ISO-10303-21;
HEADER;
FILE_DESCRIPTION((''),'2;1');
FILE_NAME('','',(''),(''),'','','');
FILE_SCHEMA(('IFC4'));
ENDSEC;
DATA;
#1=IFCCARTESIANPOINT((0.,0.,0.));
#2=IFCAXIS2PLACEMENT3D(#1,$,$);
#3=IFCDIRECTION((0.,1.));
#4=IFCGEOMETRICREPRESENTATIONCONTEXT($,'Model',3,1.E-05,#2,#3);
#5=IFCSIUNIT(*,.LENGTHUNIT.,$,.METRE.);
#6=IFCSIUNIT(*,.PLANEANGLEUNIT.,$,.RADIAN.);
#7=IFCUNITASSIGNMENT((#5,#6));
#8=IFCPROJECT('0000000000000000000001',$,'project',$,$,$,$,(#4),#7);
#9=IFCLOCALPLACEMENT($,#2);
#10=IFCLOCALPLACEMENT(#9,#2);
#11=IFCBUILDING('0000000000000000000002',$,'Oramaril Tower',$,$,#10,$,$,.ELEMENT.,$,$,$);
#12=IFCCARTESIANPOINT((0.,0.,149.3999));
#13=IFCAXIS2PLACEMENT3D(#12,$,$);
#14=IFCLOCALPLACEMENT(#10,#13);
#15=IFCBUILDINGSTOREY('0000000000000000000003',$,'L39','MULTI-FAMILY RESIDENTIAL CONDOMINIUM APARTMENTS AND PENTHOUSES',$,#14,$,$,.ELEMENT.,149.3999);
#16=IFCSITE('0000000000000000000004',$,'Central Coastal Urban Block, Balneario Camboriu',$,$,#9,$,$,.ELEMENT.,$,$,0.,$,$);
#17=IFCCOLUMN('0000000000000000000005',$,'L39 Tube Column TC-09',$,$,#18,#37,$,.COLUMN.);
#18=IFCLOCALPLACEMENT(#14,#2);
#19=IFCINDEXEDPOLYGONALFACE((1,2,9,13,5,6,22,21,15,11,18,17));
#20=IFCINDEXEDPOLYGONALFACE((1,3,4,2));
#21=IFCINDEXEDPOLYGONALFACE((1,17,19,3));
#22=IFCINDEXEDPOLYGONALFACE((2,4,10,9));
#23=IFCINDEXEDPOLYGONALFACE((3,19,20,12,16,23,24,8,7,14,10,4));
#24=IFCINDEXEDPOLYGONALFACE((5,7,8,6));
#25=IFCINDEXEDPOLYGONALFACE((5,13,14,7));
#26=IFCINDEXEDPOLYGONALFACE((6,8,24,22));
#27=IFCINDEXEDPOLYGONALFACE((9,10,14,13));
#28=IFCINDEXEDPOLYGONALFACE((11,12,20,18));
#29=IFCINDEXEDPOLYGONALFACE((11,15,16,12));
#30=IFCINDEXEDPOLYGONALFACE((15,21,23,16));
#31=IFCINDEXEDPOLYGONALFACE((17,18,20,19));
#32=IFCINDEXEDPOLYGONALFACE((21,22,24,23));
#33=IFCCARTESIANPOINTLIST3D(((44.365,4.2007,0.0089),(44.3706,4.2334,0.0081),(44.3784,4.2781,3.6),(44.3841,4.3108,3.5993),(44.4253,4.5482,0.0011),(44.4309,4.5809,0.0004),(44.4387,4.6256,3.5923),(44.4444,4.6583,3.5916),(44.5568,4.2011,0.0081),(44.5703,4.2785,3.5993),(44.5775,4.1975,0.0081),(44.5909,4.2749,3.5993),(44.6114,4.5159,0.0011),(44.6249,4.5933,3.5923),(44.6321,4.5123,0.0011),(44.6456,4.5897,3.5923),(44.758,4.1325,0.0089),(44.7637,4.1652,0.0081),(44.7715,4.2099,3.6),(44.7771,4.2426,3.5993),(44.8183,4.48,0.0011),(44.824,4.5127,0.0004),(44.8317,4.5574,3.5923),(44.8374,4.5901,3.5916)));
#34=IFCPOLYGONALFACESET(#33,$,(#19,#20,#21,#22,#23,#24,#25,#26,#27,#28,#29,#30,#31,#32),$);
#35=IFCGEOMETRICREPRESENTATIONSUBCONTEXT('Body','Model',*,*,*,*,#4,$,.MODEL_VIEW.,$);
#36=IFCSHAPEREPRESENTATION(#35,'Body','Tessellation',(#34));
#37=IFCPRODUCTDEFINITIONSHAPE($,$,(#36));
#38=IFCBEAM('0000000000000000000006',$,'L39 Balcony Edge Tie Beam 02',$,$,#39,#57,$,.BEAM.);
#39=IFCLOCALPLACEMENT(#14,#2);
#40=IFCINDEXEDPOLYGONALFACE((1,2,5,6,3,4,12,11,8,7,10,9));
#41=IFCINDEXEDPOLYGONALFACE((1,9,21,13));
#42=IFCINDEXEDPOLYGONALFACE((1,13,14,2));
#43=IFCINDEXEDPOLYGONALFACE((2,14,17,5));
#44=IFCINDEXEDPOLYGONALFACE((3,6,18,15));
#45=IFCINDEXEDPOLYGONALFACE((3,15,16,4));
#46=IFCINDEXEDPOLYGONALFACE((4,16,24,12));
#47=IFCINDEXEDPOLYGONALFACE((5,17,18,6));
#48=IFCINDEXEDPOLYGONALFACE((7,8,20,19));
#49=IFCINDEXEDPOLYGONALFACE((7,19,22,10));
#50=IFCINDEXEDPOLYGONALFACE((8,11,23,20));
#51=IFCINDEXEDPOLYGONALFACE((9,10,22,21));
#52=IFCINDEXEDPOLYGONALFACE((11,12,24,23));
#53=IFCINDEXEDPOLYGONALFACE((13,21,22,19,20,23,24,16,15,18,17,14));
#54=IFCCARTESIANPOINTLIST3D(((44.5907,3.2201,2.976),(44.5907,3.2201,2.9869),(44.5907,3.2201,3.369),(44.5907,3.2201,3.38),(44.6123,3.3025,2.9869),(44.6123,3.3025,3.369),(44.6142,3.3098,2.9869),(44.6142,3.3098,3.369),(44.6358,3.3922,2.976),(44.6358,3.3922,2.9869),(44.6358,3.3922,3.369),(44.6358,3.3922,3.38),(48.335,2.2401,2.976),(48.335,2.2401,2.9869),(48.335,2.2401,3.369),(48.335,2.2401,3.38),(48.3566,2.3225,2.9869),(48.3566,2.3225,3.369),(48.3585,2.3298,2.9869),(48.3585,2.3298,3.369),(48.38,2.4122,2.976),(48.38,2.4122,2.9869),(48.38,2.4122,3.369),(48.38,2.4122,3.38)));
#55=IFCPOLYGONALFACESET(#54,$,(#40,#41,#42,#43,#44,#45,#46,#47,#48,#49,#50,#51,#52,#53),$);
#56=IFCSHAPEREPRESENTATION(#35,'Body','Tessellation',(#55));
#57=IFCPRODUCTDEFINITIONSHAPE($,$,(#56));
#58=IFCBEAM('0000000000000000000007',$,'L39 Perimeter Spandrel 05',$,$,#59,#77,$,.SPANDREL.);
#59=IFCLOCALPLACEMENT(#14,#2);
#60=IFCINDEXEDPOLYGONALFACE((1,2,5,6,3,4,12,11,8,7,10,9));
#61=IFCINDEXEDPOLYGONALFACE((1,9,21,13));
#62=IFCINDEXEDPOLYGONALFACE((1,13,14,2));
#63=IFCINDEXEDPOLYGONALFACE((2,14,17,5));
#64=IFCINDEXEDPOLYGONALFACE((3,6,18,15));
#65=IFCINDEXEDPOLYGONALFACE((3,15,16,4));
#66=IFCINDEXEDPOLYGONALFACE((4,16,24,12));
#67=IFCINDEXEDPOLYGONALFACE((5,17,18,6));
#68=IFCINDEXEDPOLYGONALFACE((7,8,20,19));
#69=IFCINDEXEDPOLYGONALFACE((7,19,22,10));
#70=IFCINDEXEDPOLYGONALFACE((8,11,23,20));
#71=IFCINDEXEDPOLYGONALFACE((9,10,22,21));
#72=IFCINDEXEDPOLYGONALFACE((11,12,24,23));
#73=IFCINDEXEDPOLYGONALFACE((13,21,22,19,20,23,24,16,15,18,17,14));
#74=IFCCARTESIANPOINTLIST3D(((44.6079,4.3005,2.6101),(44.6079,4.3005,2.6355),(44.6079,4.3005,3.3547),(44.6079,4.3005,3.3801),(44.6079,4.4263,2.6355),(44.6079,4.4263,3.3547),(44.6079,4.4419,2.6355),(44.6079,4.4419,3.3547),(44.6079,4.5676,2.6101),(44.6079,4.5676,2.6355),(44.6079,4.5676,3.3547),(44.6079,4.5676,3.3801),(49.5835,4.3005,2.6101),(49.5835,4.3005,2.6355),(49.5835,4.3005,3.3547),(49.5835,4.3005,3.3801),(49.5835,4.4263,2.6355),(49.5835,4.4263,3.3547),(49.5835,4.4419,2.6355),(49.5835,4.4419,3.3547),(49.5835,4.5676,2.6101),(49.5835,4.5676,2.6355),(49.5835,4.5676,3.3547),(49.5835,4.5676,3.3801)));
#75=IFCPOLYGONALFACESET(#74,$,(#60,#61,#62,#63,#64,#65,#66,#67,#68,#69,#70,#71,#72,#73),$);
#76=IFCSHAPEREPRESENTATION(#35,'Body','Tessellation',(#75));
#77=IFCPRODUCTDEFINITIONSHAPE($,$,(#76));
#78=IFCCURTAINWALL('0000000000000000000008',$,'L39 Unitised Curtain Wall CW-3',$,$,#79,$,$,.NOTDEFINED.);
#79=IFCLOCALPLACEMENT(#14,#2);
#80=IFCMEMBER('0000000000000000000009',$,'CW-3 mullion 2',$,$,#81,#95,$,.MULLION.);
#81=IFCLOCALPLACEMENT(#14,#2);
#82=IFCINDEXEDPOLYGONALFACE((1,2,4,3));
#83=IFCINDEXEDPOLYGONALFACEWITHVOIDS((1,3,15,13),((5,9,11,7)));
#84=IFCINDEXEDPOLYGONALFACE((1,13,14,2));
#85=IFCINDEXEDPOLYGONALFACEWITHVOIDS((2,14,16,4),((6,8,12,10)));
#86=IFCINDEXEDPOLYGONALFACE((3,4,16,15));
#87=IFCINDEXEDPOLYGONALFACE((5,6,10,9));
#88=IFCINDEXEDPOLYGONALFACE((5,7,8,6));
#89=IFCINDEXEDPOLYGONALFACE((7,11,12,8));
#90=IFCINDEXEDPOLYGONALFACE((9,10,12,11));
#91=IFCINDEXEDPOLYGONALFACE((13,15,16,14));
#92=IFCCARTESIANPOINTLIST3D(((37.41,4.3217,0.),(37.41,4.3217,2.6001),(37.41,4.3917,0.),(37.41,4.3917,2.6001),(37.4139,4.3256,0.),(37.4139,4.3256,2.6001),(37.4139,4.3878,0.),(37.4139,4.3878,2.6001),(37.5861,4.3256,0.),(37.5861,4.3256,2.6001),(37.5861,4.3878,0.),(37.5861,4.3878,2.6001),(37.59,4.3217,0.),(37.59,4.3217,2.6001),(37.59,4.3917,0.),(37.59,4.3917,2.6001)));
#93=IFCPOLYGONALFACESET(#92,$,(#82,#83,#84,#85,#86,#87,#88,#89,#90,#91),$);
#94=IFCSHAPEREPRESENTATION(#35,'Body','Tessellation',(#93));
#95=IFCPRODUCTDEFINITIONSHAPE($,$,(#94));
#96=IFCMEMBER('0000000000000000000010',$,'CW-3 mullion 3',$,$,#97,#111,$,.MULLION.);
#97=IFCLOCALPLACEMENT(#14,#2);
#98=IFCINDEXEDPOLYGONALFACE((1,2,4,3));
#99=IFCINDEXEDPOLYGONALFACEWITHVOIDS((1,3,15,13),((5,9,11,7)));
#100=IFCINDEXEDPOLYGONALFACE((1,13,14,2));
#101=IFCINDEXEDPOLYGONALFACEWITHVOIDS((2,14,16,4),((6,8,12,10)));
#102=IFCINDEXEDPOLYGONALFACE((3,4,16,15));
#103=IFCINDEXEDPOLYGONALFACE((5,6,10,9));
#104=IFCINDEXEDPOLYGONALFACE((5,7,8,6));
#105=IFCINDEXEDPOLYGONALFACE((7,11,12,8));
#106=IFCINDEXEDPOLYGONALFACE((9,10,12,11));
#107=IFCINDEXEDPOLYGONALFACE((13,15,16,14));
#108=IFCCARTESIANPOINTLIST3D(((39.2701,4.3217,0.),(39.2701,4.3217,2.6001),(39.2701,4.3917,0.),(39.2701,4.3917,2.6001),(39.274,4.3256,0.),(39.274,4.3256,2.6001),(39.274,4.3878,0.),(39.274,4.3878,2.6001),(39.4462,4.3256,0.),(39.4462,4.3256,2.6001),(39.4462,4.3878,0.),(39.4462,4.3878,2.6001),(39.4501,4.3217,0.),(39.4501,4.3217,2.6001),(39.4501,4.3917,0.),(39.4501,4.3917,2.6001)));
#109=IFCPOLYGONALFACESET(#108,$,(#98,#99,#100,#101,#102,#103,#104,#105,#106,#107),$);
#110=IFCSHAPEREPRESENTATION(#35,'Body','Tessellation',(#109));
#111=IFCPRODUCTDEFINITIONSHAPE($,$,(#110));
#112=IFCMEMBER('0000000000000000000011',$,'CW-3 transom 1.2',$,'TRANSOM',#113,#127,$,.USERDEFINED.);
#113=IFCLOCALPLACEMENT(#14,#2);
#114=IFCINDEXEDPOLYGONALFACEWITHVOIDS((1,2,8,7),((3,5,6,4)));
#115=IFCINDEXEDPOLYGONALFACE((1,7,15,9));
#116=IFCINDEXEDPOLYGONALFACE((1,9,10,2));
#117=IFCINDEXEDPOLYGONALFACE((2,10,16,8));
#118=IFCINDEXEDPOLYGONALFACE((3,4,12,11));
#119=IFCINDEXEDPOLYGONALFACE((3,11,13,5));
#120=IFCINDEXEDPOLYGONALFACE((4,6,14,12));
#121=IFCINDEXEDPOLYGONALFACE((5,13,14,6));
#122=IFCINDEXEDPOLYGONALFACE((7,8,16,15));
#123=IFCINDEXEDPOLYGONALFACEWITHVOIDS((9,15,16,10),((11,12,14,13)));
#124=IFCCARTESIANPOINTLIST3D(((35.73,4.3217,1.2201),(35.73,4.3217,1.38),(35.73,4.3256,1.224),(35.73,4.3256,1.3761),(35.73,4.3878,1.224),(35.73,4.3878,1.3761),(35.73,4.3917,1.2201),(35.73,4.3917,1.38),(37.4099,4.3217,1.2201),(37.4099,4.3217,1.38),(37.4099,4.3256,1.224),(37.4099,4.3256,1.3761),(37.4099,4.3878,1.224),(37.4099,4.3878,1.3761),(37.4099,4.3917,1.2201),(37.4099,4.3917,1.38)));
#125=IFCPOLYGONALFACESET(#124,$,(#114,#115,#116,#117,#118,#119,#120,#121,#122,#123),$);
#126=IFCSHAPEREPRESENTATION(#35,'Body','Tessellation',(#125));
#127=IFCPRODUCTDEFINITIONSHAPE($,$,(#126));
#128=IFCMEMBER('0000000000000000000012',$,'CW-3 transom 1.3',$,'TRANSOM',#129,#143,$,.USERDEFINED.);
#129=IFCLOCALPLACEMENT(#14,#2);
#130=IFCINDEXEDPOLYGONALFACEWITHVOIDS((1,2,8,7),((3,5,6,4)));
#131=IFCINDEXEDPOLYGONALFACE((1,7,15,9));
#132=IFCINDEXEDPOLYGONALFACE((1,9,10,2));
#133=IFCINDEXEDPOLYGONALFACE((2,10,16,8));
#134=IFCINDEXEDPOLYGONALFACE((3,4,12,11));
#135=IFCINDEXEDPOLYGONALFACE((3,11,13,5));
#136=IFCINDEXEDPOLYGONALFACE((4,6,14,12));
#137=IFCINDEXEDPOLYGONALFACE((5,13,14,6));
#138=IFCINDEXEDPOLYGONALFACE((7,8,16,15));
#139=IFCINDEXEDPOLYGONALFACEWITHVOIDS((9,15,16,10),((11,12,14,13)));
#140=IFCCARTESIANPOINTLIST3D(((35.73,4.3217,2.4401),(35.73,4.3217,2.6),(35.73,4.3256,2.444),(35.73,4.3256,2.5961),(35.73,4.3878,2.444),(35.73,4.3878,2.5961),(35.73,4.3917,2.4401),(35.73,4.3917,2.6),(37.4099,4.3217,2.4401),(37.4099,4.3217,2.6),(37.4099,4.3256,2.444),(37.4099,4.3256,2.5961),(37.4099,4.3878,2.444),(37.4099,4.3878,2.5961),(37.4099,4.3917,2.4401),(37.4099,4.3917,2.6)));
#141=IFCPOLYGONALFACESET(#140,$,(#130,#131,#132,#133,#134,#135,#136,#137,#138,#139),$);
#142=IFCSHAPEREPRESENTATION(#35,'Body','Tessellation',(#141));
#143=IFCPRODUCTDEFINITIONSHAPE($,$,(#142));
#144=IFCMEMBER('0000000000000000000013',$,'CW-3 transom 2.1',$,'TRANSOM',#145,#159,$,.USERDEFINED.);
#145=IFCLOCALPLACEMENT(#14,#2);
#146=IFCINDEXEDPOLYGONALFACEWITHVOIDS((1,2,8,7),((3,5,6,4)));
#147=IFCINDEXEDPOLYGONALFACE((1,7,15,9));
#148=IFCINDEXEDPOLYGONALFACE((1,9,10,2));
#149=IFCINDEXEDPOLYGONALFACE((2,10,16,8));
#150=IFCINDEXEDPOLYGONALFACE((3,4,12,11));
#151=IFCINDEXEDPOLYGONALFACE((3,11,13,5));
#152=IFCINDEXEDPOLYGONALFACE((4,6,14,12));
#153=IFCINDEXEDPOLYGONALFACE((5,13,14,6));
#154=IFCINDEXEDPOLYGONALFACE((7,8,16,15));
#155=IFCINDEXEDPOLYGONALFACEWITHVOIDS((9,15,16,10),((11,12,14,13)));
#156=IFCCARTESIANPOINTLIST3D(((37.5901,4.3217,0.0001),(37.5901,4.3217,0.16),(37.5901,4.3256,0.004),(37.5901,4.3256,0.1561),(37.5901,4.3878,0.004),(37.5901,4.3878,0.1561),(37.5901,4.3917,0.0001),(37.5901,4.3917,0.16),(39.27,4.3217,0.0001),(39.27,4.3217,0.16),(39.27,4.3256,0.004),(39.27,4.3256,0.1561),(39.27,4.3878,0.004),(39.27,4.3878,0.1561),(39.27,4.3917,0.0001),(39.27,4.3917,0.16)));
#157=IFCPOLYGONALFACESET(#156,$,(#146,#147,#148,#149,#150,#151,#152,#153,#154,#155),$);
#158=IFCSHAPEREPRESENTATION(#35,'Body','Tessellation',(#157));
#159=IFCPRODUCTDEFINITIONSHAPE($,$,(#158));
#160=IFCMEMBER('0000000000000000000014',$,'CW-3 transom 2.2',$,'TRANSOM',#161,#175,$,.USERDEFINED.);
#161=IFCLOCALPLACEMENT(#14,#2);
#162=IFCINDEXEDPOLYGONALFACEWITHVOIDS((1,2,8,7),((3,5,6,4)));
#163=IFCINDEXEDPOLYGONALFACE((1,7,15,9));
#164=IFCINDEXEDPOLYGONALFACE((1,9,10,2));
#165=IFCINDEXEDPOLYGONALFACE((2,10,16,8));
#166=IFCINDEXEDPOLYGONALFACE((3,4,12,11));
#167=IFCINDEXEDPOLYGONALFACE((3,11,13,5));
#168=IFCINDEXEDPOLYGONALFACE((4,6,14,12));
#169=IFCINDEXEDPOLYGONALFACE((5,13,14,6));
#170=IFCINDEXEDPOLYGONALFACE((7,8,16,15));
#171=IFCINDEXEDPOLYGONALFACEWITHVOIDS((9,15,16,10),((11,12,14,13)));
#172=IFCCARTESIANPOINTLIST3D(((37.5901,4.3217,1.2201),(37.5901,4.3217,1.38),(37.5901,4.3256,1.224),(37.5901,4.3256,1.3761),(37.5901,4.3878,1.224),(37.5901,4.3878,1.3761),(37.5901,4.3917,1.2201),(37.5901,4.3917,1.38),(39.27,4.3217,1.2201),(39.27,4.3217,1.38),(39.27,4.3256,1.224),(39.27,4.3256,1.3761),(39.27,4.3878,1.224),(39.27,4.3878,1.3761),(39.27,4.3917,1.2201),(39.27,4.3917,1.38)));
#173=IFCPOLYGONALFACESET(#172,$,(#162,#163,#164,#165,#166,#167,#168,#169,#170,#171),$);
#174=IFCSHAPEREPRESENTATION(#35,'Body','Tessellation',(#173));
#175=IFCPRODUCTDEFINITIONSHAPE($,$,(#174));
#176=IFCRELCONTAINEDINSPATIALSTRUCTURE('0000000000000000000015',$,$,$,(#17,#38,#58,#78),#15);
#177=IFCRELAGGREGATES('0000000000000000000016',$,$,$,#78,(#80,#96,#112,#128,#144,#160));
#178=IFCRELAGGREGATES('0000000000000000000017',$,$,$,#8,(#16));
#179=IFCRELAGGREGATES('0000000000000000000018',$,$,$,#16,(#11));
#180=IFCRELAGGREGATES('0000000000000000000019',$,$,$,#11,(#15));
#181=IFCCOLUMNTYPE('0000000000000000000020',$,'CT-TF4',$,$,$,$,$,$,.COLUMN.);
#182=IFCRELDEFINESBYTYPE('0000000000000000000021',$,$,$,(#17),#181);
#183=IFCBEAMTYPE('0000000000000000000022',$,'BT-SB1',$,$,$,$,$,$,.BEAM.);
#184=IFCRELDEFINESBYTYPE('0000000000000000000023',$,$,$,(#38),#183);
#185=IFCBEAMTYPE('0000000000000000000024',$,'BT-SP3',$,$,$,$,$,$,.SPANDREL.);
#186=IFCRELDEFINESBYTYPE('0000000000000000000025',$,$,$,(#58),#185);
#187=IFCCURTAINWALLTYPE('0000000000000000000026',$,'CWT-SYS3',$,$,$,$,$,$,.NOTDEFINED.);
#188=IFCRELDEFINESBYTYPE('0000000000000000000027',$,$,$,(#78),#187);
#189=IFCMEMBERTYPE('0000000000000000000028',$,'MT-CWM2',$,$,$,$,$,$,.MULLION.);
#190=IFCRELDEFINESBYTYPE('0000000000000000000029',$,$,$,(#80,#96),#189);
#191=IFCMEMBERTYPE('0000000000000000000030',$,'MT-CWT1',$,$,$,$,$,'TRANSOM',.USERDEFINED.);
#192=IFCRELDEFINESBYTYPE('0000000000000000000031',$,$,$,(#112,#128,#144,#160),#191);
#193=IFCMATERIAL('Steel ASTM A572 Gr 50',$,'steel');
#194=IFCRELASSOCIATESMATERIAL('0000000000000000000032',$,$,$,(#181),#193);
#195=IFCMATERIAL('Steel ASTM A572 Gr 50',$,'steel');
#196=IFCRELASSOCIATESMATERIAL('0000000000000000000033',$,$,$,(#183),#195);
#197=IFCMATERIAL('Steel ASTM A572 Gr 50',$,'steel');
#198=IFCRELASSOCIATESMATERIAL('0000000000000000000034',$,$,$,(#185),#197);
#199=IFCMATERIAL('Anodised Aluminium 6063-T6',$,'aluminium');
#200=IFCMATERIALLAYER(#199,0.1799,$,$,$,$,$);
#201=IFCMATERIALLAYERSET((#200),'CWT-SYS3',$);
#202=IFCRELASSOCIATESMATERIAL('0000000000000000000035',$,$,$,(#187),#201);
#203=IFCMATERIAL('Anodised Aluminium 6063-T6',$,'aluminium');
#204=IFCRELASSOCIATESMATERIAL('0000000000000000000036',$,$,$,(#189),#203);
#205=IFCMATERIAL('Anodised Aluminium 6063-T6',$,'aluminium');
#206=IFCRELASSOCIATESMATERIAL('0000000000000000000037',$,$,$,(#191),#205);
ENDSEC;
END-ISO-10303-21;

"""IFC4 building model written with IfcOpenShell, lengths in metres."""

from ifc_helpers import new_model, si_unit, direction, frame, origin, origin_2d, place, context, subcontext, project, spatial, hollow_rectangle, i_section, extrude, material, layer, layer_set, material_profile, profile_set, type_object, element, aggregate, save


model = new_model("IFC4")

# Units and contexts
model_context = context("Model", 3, precision=1e-05, world=origin(), true_north=direction((0.0, 1.0)))
body_context = subcontext(model_context, "Body", "Model", "MODEL_VIEW")
ifc_project = project(units=[si_unit("LENGTHUNIT", "METRE"), si_unit("PLANEANGLEUNIT", "RADIAN")], contexts=[model_context])

# Site, building, storey
site_placement = place(None, origin())
site = spatial("IfcSite", under=ifc_project, at=site_placement, Name="Central Coastal Urban Block, Balneario Camboriu", CompositionType="ELEMENT", RefElevation=0.0)
building_placement = place(site_placement, origin())
building = spatial("IfcBuilding", under=site, at=building_placement, Name="Oramaril Tower", CompositionType="ELEMENT")
storey_placement = place(building_placement, frame((0.0, 0.0, 149.3999)))
storey = spatial("IfcBuildingStorey", under=building, at=storey_placement, Name="L39", Description="MULTI-FAMILY RESIDENTIAL CONDOMINIUM APARTMENTS AND PENTHOUSES", CompositionType="ELEMENT", Elevation=149.3999)

# Column
ifc_material_1 = material(Name="Steel ASTM A572 Gr 50", Category="steel")
ifc_material_profile_1 = material_profile(ifc_material_1, i_section(OverallWidth=0.3989, OverallDepth=0.386, WebThickness=0.021, FlangeThickness=0.0332, at=origin_2d()), Name="W14X176")
ifc_profile_set_1 = profile_set([ifc_material_profile_1], Name="Steel ASTM A572 Gr 50")
column_type = type_object("IfcColumnType", Name="CT-TF4", PredefinedType="COLUMN", material=ifc_profile_set_1)
column_placement = place(storey_placement, frame((44.5945, 4.3567, 0.0046), z_axis=(0.003738, 0.021546, 0.999761), x_axis=(-0.98528, 0.170948, 0.0)))
element("IfcColumn", 1, at=column_placement, inside=storey, type_object=column_type, Name="L39 Tube Column TC-09", PredefinedType="COLUMN", context=body_context, shape_type="SweptSolid", body=[
    extrude(i_section(OverallWidth=0.3989, OverallDepth=0.386, WebThickness=0.021, FlangeThickness=0.0332, at=origin_2d()), origin(), (0.0, 0.0, 1.0), 3.592),
])

# Beams
ifc_material_2 = material(Name="Steel ASTM A572 Gr 50", Category="steel")
ifc_material_profile_2 = material_profile(ifc_material_2, i_section(OverallWidth=0.178, OverallDepth=0.4041, WebThickness=0.0076, FlangeThickness=0.011, at=origin_2d()), Name="W16X36")
ifc_profile_set_2 = profile_set([ifc_material_profile_2], Name="Steel ASTM A572 Gr 50")
beam_type_1 = type_object("IfcBeamType", Name="BT-SB1", PredefinedType="BEAM", material=ifc_profile_set_2)
beam_1_placement = place(storey_placement, frame((44.6133, 3.3062, 3.178), z_axis=(0.967412, -0.253208, 0.0), x_axis=(0.253208, 0.967412, 0.0)))
element("IfcBeam", 2, at=beam_1_placement, inside=storey, type_object=beam_type_1, Name="L39 Balcony Edge Tie Beam 02", PredefinedType="BEAM", context=body_context, shape_type="SweptSolid", body=[
    extrude(i_section(OverallWidth=0.178, OverallDepth=0.4041, WebThickness=0.0076, FlangeThickness=0.011, at=origin_2d()), origin(), (0.0, 0.0, 1.0), 3.8704),
])
ifc_material_3 = material(Name="Steel ASTM A572 Gr 50", Category="steel")
ifc_material_profile_3 = material_profile(ifc_material_3, i_section(OverallWidth=0.2671, OverallDepth=0.77, WebThickness=0.0156, FlangeThickness=0.0254, at=origin_2d()), Name="W30X132")
ifc_profile_set_3 = profile_set([ifc_material_profile_3], Name="Steel ASTM A572 Gr 50")
beam_type_2 = type_object("IfcBeamType", Name="BT-SP3", PredefinedType="SPANDREL", material=ifc_profile_set_3)
beam_2_placement = place(storey_placement, frame((44.6079, 4.4341, 2.9951), z_axis=(1.0, 0.0, 0.0), x_axis=(0.0, 1.0, 0.0)))
element("IfcBeam", 3, at=beam_2_placement, inside=storey, type_object=beam_type_2, Name="L39 Perimeter Spandrel 05", PredefinedType="SPANDREL", context=body_context, shape_type="SweptSolid", body=[
    extrude(i_section(OverallWidth=0.2671, OverallDepth=0.77, WebThickness=0.0156, FlangeThickness=0.0254, at=origin_2d()), origin(), (0.0, 0.0, 1.0), 4.9756),
])

# Curtain wall, members
ifc_material_4 = material(Name="Anodised Aluminium 6063-T6", Category="aluminium")
ifc_layer_1 = layer(ifc_material_4, 0.1799)
ifc_layer_set_1 = layer_set([ifc_layer_1], Name="CWT-SYS3")
curtain_wall_type = type_object("IfcCurtainWallType", Name="CWT-SYS3", PredefinedType="NOTDEFINED", material=ifc_layer_set_1)
curtain_wall_placement = place(storey_placement, origin())
curtain_wall = element("IfcCurtainWall", 4, at=curtain_wall_placement, inside=storey, type_object=curtain_wall_type, Name="L39 Unitised Curtain Wall CW-3", PredefinedType="NOTDEFINED")
ifc_material_5 = material(Name="Anodised Aluminium 6063-T6", Category="aluminium")
ifc_material_profile_4 = material_profile(ifc_material_5, hollow_rectangle(XDim=0.0701, YDim=0.1799, WallThickness=0.0039, at=origin_2d()), Name="CWM180X70")
ifc_profile_set_4 = profile_set([ifc_material_profile_4], Name="Anodised Aluminium 6063-T6")
member_type_1 = type_object("IfcMemberType", Name="MT-CWM2", PredefinedType="MULLION", material=ifc_profile_set_4)
member_1_placement = place(storey_placement, frame((37.5, 4.3567, 0.0), z_axis=(0.0, 0.0, 1.0), x_axis=(0.0, 1.0, 0.0)))
member_1 = element("IfcMember", 5, at=member_1_placement, type_object=member_type_1, Name="CW-3 mullion 2", PredefinedType="MULLION", context=body_context, shape_type="SweptSolid", body=[
    extrude(hollow_rectangle(XDim=0.0701, YDim=0.1799, WallThickness=0.0039, at=origin_2d()), origin(), (0.0, 0.0, 1.0), 2.6001),
])
member_2_placement = place(storey_placement, frame((39.3601, 4.3567, 0.0), z_axis=(0.0, 0.0, 1.0), x_axis=(0.0, 1.0, 0.0)))
member_2 = element("IfcMember", 6, at=member_2_placement, type_object=member_type_1, Name="CW-3 mullion 3", PredefinedType="MULLION", context=body_context, shape_type="SweptSolid", body=[
    extrude(hollow_rectangle(XDim=0.0701, YDim=0.1799, WallThickness=0.0039, at=origin_2d()), origin(), (0.0, 0.0, 1.0), 2.6001),
])
ifc_material_6 = material(Name="Anodised Aluminium 6063-T6", Category="aluminium")
ifc_material_profile_5 = material_profile(ifc_material_6, hollow_rectangle(XDim=0.0701, YDim=0.1599, WallThickness=0.0039, at=origin_2d()), Name="CWT160X70")
ifc_profile_set_5 = profile_set([ifc_material_profile_5], Name="Anodised Aluminium 6063-T6")
member_type_2 = type_object("IfcMemberType", Name="MT-CWT1", ElementType="TRANSOM", PredefinedType="USERDEFINED", material=ifc_profile_set_5)
member_3_placement = place(storey_placement, frame((35.73, 4.3567, 1.3), z_axis=(1.0, 0.0, 0.0), x_axis=(0.0, 1.0, 0.0)))
member_3 = element("IfcMember", 7, at=member_3_placement, type_object=member_type_2, Name="CW-3 transom 1.2", ObjectType="TRANSOM", PredefinedType="USERDEFINED", context=body_context, shape_type="SweptSolid", body=[
    extrude(hollow_rectangle(XDim=0.0701, YDim=0.1599, WallThickness=0.0039, at=origin_2d()), origin(), (0.0, 0.0, 1.0), 1.6799),
])
member_4_placement = place(storey_placement, frame((35.73, 4.3567, 2.52), z_axis=(1.0, 0.0, 0.0), x_axis=(0.0, 1.0, 0.0)))
member_4 = element("IfcMember", 8, at=member_4_placement, type_object=member_type_2, Name="CW-3 transom 1.3", ObjectType="TRANSOM", PredefinedType="USERDEFINED", context=body_context, shape_type="SweptSolid", body=[
    extrude(hollow_rectangle(XDim=0.0701, YDim=0.1599, WallThickness=0.0039, at=origin_2d()), origin(), (0.0, 0.0, 1.0), 1.6799),
])
member_5_placement = place(storey_placement, frame((37.5901, 4.3567, 0.0801), z_axis=(1.0, 0.0, 0.0), x_axis=(0.0, 1.0, 0.0)))
member_5 = element("IfcMember", 9, at=member_5_placement, type_object=member_type_2, Name="CW-3 transom 2.1", ObjectType="TRANSOM", PredefinedType="USERDEFINED", context=body_context, shape_type="SweptSolid", body=[
    extrude(hollow_rectangle(XDim=0.0701, YDim=0.1599, WallThickness=0.0039, at=origin_2d()), origin(), (0.0, 0.0, 1.0), 1.6799),
])
member_6_placement = place(storey_placement, frame((37.5901, 4.3567, 1.3), z_axis=(1.0, 0.0, 0.0), x_axis=(0.0, 1.0, 0.0)))
member_6 = element("IfcMember", 10, at=member_6_placement, type_object=member_type_2, Name="CW-3 transom 2.2", ObjectType="TRANSOM", PredefinedType="USERDEFINED", context=body_context, shape_type="SweptSolid", body=[
    extrude(hollow_rectangle(XDim=0.0701, YDim=0.1599, WallThickness=0.0039, at=origin_2d()), origin(), (0.0, 0.0, 1.0), 1.6799),
])
aggregate(curtain_wall, [member_1, member_2, member_3, member_4, member_5, member_6])

save(model, "model.ifc")
